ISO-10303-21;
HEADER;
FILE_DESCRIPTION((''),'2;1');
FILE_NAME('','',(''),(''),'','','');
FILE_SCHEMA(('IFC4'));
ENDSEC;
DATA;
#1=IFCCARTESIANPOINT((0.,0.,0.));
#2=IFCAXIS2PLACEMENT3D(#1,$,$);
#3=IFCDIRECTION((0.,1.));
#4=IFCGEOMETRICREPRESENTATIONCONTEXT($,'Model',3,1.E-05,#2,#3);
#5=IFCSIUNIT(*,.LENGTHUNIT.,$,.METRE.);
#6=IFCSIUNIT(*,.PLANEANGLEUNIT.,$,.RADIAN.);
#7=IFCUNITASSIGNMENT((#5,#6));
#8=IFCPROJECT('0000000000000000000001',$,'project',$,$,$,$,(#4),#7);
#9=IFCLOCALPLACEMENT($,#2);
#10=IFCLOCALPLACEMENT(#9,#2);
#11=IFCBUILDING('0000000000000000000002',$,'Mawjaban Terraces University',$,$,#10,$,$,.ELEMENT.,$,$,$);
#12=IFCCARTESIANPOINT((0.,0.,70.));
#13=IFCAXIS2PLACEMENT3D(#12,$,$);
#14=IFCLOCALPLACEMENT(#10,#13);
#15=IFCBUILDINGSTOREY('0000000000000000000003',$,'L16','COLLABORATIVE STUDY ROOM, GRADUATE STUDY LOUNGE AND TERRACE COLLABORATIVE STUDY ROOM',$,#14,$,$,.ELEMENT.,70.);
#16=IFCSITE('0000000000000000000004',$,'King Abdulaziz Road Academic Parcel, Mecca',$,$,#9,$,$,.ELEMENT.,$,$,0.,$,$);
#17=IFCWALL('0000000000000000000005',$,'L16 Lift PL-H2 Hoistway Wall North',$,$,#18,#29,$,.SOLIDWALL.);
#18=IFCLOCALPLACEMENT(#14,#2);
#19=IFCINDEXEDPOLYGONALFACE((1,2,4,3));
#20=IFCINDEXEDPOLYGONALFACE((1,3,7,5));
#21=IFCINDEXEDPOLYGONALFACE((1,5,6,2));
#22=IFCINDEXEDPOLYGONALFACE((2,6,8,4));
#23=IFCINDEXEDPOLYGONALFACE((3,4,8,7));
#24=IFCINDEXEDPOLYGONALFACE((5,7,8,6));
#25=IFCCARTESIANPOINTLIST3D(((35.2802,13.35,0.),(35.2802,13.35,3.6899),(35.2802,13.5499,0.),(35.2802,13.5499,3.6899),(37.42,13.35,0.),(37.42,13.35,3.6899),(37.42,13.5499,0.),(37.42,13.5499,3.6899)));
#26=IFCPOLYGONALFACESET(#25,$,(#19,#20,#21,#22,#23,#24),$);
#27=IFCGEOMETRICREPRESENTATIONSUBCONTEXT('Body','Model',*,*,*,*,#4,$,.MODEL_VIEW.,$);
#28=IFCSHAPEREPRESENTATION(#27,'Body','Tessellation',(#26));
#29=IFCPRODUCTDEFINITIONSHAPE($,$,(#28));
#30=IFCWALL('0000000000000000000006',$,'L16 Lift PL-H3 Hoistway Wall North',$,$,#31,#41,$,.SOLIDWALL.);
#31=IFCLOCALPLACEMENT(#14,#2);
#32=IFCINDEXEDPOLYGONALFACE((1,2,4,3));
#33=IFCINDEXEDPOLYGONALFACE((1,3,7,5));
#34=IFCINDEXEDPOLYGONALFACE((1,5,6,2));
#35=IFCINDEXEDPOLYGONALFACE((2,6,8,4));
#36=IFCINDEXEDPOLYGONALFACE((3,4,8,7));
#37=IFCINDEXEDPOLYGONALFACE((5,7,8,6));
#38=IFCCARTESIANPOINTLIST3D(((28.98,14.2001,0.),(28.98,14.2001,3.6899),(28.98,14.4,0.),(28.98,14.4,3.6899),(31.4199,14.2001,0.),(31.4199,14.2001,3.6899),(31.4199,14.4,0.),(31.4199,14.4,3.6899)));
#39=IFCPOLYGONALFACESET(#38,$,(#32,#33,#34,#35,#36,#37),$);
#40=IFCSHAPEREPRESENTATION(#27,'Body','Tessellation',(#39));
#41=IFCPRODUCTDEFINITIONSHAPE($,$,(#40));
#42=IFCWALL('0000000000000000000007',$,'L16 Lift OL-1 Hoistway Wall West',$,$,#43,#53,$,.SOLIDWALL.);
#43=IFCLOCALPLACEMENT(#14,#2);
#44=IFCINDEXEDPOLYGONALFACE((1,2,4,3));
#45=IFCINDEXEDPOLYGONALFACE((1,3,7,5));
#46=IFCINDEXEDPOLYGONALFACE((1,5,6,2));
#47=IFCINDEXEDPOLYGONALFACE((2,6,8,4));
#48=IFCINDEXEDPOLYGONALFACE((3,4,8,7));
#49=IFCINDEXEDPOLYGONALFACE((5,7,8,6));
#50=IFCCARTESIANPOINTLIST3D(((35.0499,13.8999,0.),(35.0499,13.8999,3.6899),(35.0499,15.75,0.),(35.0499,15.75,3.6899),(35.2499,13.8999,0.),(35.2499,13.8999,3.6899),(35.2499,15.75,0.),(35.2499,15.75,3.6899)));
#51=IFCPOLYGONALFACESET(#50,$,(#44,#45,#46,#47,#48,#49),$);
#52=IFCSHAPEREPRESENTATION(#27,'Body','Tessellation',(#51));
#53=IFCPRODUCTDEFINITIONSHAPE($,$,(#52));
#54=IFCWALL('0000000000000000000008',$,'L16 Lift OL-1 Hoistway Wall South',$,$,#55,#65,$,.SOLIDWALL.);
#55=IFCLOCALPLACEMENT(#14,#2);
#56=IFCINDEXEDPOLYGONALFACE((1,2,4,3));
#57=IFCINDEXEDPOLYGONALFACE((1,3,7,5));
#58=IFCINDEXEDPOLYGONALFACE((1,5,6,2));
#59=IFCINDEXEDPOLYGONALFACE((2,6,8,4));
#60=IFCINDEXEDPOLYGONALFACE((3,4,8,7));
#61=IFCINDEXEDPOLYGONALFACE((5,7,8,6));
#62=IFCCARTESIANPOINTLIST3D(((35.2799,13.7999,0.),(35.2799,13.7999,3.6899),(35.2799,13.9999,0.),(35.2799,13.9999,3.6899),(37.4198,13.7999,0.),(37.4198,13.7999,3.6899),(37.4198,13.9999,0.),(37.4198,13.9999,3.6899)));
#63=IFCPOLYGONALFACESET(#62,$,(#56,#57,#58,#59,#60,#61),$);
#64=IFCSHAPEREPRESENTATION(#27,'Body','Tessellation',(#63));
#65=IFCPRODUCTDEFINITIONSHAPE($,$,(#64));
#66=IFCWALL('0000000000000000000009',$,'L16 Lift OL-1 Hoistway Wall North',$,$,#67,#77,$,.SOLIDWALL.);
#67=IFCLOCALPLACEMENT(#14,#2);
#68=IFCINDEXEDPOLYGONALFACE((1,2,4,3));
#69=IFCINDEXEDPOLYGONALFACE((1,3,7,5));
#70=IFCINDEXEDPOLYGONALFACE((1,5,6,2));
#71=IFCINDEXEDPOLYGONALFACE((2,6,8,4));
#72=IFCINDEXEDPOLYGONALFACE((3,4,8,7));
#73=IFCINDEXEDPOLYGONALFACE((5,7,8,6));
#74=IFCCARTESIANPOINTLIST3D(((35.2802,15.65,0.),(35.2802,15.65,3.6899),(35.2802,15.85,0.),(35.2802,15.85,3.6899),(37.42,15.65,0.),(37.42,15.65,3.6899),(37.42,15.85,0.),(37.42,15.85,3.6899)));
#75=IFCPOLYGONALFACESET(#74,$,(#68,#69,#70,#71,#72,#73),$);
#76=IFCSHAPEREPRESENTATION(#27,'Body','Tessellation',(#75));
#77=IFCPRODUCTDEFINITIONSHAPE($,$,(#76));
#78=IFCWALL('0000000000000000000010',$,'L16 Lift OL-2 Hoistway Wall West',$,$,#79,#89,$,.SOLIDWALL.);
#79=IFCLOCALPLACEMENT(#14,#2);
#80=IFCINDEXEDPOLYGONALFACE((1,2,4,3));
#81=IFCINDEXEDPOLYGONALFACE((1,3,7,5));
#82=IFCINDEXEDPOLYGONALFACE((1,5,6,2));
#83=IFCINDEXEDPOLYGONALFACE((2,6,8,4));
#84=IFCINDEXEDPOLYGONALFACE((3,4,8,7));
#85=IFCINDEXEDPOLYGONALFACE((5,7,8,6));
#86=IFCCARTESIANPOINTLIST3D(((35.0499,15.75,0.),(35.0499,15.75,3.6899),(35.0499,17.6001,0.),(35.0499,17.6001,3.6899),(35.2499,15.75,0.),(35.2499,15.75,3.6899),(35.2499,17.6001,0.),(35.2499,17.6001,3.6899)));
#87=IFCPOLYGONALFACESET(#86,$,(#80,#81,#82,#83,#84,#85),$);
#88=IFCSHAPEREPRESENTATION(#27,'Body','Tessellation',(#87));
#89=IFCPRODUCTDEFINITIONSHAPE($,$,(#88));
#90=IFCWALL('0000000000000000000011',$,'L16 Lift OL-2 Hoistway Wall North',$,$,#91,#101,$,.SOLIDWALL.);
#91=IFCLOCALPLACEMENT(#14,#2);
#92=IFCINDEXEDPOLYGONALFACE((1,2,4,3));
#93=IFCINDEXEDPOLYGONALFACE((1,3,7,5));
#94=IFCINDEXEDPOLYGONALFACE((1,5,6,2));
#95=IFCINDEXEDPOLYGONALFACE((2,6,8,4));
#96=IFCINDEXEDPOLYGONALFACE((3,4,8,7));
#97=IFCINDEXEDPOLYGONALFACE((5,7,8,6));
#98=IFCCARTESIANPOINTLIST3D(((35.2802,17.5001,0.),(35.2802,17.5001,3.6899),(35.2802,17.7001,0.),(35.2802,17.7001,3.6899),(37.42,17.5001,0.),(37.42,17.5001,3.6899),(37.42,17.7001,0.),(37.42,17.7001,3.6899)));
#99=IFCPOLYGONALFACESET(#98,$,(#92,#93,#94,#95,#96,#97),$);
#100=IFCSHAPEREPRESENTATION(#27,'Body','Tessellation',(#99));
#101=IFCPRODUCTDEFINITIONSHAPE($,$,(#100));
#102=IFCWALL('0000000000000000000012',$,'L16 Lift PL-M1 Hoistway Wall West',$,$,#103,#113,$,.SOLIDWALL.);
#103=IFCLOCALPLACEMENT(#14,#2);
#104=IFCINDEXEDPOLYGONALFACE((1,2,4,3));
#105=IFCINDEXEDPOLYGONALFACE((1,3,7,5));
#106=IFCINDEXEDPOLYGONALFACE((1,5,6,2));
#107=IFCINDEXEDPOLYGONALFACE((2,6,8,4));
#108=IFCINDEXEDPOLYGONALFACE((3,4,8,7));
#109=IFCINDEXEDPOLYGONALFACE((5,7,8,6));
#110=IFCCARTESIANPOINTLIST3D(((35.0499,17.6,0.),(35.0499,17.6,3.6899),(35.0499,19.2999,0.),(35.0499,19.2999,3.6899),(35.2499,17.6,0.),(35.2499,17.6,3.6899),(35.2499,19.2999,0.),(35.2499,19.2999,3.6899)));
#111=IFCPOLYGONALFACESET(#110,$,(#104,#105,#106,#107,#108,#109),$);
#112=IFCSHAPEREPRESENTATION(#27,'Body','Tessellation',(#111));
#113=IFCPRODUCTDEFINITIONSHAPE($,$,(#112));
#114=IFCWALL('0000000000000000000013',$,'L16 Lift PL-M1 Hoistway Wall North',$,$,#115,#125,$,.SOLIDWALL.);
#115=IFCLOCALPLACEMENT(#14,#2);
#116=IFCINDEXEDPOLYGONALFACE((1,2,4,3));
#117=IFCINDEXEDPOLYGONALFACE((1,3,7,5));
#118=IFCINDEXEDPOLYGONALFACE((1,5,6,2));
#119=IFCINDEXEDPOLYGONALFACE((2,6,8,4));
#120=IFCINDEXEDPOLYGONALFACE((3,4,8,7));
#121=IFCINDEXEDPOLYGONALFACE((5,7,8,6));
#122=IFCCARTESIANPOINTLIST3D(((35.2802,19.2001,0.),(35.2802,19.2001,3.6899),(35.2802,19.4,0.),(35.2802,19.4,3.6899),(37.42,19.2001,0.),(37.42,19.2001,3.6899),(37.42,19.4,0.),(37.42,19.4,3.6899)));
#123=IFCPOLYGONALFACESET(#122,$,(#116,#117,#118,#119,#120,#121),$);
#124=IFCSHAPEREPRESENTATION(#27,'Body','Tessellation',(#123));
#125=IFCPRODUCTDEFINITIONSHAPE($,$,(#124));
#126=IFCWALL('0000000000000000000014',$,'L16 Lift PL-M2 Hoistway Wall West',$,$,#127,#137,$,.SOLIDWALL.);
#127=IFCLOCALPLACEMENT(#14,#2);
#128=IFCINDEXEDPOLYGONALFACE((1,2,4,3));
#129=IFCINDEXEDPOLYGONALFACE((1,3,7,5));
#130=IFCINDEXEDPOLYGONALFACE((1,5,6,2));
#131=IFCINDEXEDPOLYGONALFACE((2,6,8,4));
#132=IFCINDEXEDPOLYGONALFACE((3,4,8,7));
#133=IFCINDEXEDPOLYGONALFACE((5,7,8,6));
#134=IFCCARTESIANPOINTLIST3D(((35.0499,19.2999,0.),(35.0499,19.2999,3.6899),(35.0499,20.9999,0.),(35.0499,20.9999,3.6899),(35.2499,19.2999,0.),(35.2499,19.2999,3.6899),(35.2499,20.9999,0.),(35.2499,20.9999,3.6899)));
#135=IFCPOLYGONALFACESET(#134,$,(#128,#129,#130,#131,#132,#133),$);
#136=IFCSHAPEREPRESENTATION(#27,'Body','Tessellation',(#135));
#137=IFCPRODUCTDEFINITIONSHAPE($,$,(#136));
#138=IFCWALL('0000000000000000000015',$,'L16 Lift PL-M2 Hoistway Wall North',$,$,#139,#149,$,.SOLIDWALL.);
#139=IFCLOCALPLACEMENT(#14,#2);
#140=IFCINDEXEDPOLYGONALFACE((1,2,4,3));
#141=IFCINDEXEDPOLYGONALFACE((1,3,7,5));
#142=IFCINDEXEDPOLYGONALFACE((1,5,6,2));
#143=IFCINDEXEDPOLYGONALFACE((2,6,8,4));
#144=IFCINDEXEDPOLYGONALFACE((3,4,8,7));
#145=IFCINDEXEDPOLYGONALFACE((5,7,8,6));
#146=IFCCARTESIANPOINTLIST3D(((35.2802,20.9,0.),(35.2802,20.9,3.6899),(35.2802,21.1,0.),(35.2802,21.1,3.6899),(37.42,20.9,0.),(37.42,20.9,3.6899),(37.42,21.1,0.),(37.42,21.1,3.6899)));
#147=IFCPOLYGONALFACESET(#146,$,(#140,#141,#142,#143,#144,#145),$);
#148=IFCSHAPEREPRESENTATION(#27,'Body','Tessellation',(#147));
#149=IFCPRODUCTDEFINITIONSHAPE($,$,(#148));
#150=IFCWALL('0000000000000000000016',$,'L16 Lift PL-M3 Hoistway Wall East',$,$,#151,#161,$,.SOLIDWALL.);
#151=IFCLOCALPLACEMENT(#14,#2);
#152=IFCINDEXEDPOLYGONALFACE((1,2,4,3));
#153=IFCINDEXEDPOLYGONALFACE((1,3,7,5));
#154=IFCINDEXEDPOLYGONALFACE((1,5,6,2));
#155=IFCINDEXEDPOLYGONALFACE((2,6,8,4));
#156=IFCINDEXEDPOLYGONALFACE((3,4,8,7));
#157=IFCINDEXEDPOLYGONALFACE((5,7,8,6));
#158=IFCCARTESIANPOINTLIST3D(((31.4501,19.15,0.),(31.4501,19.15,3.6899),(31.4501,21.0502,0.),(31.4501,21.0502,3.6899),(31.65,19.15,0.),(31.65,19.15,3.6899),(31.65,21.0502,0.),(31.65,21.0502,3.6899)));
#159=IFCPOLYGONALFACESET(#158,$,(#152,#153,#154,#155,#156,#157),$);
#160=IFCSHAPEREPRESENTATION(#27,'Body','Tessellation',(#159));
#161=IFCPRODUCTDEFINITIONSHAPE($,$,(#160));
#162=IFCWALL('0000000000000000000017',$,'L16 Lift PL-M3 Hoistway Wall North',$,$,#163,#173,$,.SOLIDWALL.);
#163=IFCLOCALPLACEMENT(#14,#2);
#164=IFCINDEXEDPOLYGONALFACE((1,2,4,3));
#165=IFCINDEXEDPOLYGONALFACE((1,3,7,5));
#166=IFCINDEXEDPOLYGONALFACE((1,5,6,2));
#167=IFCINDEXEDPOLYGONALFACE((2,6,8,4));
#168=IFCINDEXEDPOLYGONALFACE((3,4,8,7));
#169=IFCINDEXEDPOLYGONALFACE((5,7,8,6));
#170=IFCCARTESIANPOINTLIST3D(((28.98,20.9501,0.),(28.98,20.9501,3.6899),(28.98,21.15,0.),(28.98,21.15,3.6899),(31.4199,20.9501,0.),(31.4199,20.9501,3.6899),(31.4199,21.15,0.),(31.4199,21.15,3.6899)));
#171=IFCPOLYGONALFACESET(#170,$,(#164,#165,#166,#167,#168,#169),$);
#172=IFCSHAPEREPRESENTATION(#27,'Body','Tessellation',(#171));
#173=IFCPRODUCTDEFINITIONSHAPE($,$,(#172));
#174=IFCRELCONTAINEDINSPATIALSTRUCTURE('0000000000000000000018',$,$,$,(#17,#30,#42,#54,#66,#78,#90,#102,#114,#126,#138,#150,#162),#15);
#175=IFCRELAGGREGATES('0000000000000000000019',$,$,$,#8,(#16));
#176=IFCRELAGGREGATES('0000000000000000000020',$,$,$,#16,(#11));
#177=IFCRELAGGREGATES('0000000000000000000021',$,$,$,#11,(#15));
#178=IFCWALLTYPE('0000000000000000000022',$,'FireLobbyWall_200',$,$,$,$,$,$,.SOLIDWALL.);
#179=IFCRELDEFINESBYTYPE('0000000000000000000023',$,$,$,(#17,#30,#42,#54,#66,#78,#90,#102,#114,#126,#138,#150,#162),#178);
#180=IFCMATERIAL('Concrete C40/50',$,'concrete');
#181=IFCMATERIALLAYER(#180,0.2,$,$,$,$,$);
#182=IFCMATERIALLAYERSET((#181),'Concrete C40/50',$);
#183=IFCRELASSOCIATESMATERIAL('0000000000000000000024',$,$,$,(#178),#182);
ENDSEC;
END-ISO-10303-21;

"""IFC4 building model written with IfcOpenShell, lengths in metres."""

from ifc_helpers import new_model, si_unit, direction, frame, frame_2d, origin, place, context, subcontext, project, spatial, rectangle, extrude, material, layer, layer_set, type_object, element, save


model = new_model("IFC4")

# Units and contexts
model_context = context("Model", 3, precision=1e-05, world=origin(), true_north=direction((0.0, 1.0)))
body_context = subcontext(model_context, "Body", "Model", "MODEL_VIEW")
ifc_project = project(units=[si_unit("LENGTHUNIT", "METRE"), si_unit("PLANEANGLEUNIT", "RADIAN")], contexts=[model_context])

# Site, building, storey
site_placement = place(None, origin())
site = spatial("IfcSite", under=ifc_project, at=site_placement, Name="King Abdulaziz Road Academic Parcel, Mecca", CompositionType="ELEMENT", RefElevation=0.0)
building_placement = place(site_placement, origin())
building = spatial("IfcBuilding", under=site, at=building_placement, Name="Mawjaban Terraces University", CompositionType="ELEMENT")
storey_placement = place(building_placement, frame((0.0, 0.0, 70.0)))
storey = spatial("IfcBuildingStorey", under=building, at=storey_placement, Name="L16", Description="COLLABORATIVE STUDY ROOM, GRADUATE STUDY LOUNGE AND TERRACE COLLABORATIVE STUDY ROOM", CompositionType="ELEMENT", Elevation=70.0)

# Walls
ifc_material_1 = material(Name="Concrete C40/50", Category="concrete")
ifc_layer_1 = layer(ifc_material_1, 0.2)
ifc_layer_set_1 = layer_set([ifc_layer_1], Name="Concrete C40/50")
wall_type_1 = type_object("IfcWallType", Name="FireLobbyWall_200", PredefinedType="SOLIDWALL", material=ifc_layer_set_1)
wall_1_placement = place(storey_placement, frame((37.4199, 13.45, 0.0), z_axis=(0.0, 0.0, 1.0), x_axis=(-1.0, 0.0, 0.0)))
element("IfcWall", 1, at=wall_1_placement, inside=storey, type_object=wall_type_1, Name="L16 Lift PL-H2 Hoistway Wall North", PredefinedType="SOLIDWALL", context=body_context, shape_type="SweptSolid", body=[
    extrude(rectangle(XDim=2.1399, YDim=0.2, at=frame_2d((1.0698, 0.0))), origin(), (0.0, 0.0, 1.0), 3.6899),
])
wall_2_placement = place(storey_placement, frame((31.4199, 14.3, 0.0), z_axis=(0.0, 0.0, 1.0), x_axis=(-1.0, 0.0, 0.0)))
element("IfcWall", 2, at=wall_2_placement, inside=storey, type_object=wall_type_1, Name="L16 Lift PL-H3 Hoistway Wall North", PredefinedType="SOLIDWALL", context=body_context, shape_type="SweptSolid", body=[
    extrude(rectangle(XDim=2.4399, YDim=0.2, at=frame_2d((1.22, 0.0))), origin(), (0.0, 0.0, 1.0), 3.6899),
])
wall_3_placement = place(storey_placement, frame((35.1499, 15.75, 0.0), z_axis=(0.0, 0.0, 1.0), x_axis=(0.0, -1.0, 0.0)))
element("IfcWall", 3, at=wall_3_placement, inside=storey, type_object=wall_type_1, Name="L16 Lift OL-1 Hoistway Wall West", PredefinedType="SOLIDWALL", context=body_context, shape_type="SweptSolid", body=[
    extrude(rectangle(XDim=1.8501, YDim=0.2, at=frame_2d((0.925, 0.0))), origin(), (0.0, 0.0, 1.0), 3.6899),
])
for number, where, z_axis, x_axis, name in (
    (4, (35.28, 13.8999, 0.0), (0.0, 0.0, 1.0), (1.0, 0.0, 0.0), "L16 Lift OL-1 Hoistway Wall South"),
    (5, (37.4199, 15.75, 0.0), (0.0, 0.0, 1.0), (-1.0, 0.0, 0.0), "L16 Lift OL-1 Hoistway Wall North"),
):
    element("IfcWall", number, at=place(storey_placement, frame(where, z_axis=z_axis, x_axis=x_axis)), inside=storey, type_object=wall_type_1, Name=name, PredefinedType="SOLIDWALL", context=body_context, shape_type="SweptSolid", body=[
        extrude(rectangle(XDim=2.1399, YDim=0.2, at=frame_2d((1.0698, 0.0))), origin(), (0.0, 0.0, 1.0), 3.6899),
    ])
wall_4_placement = place(storey_placement, frame((35.1499, 17.6001, 0.0), z_axis=(0.0, 0.0, 1.0), x_axis=(0.0, -1.0, 0.0)))
element("IfcWall", 6, at=wall_4_placement, inside=storey, type_object=wall_type_1, Name="L16 Lift OL-2 Hoistway Wall West", PredefinedType="SOLIDWALL", context=body_context, shape_type="SweptSolid", body=[
    extrude(rectangle(XDim=1.8501, YDim=0.2, at=frame_2d((0.925, 0.0))), origin(), (0.0, 0.0, 1.0), 3.6899),
])
wall_5_placement = place(storey_placement, frame((37.4199, 17.6001, 0.0), z_axis=(0.0, 0.0, 1.0), x_axis=(-1.0, 0.0, 0.0)))
element("IfcWall", 7, at=wall_5_placement, inside=storey, type_object=wall_type_1, Name="L16 Lift OL-2 Hoistway Wall North", PredefinedType="SOLIDWALL", context=body_context, shape_type="SweptSolid", body=[
    extrude(rectangle(XDim=2.1399, YDim=0.2, at=frame_2d((1.0698, 0.0))), origin(), (0.0, 0.0, 1.0), 3.6899),
])
wall_6_placement = place(storey_placement, frame((35.1499, 19.3, 0.0), z_axis=(0.0, 0.0, 1.0), x_axis=(0.0, -1.0, 0.0)))
element("IfcWall", 8, at=wall_6_placement, inside=storey, type_object=wall_type_1, Name="L16 Lift PL-M1 Hoistway Wall West", PredefinedType="SOLIDWALL", context=body_context, shape_type="SweptSolid", body=[
    extrude(rectangle(XDim=1.7, YDim=0.2, at=frame_2d((0.8501, 0.0))), origin(), (0.0, 0.0, 1.0), 3.6899),
])
wall_7_placement = place(storey_placement, frame((37.4199, 19.3, 0.0), z_axis=(0.0, 0.0, 1.0), x_axis=(-1.0, 0.0, 0.0)))
element("IfcWall", 9, at=wall_7_placement, inside=storey, type_object=wall_type_1, Name="L16 Lift PL-M1 Hoistway Wall North", PredefinedType="SOLIDWALL", context=body_context, shape_type="SweptSolid", body=[
    extrude(rectangle(XDim=2.1399, YDim=0.2, at=frame_2d((1.0698, 0.0))), origin(), (0.0, 0.0, 1.0), 3.6899),
])
wall_8_placement = place(storey_placement, frame((35.1499, 21.0, 0.0), z_axis=(0.0, 0.0, 1.0), x_axis=(0.0, -1.0, 0.0)))
element("IfcWall", 10, at=wall_8_placement, inside=storey, type_object=wall_type_1, Name="L16 Lift PL-M2 Hoistway Wall West", PredefinedType="SOLIDWALL", context=body_context, shape_type="SweptSolid", body=[
    extrude(rectangle(XDim=1.7, YDim=0.2, at=frame_2d((0.8501, 0.0))), origin(), (0.0, 0.0, 1.0), 3.6899),
])
wall_9_placement = place(storey_placement, frame((37.4199, 21.0, 0.0), z_axis=(0.0, 0.0, 1.0), x_axis=(-1.0, 0.0, 0.0)))
element("IfcWall", 11, at=wall_9_placement, inside=storey, type_object=wall_type_1, Name="L16 Lift PL-M2 Hoistway Wall North", PredefinedType="SOLIDWALL", context=body_context, shape_type="SweptSolid", body=[
    extrude(rectangle(XDim=2.1399, YDim=0.2, at=frame_2d((1.0698, 0.0))), origin(), (0.0, 0.0, 1.0), 3.6899),
])
wall_10_placement = place(storey_placement, frame((31.55, 19.1499, 0.0), z_axis=(0.0, 0.0, 1.0), x_axis=(0.0, 1.0, 0.0)))
element("IfcWall", 12, at=wall_10_placement, inside=storey, type_object=wall_type_1, Name="L16 Lift PL-M3 Hoistway Wall East", PredefinedType="SOLIDWALL", context=body_context, shape_type="SweptSolid", body=[
    extrude(rectangle(XDim=1.9001, YDim=0.2, at=frame_2d((0.9502, 0.0))), origin(), (0.0, 0.0, 1.0), 3.6899),
])
wall_11_placement = place(storey_placement, frame((31.4199, 21.05, 0.0), z_axis=(0.0, 0.0, 1.0), x_axis=(-1.0, 0.0, 0.0)))
element("IfcWall", 13, at=wall_11_placement, inside=storey, type_object=wall_type_1, Name="L16 Lift PL-M3 Hoistway Wall North", PredefinedType="SOLIDWALL", context=body_context, shape_type="SweptSolid", body=[
    extrude(rectangle(XDim=2.4399, YDim=0.2, at=frame_2d((1.22, 0.0))), origin(), (0.0, 0.0, 1.0), 3.6899),
])

save(model, "model.ifc")
